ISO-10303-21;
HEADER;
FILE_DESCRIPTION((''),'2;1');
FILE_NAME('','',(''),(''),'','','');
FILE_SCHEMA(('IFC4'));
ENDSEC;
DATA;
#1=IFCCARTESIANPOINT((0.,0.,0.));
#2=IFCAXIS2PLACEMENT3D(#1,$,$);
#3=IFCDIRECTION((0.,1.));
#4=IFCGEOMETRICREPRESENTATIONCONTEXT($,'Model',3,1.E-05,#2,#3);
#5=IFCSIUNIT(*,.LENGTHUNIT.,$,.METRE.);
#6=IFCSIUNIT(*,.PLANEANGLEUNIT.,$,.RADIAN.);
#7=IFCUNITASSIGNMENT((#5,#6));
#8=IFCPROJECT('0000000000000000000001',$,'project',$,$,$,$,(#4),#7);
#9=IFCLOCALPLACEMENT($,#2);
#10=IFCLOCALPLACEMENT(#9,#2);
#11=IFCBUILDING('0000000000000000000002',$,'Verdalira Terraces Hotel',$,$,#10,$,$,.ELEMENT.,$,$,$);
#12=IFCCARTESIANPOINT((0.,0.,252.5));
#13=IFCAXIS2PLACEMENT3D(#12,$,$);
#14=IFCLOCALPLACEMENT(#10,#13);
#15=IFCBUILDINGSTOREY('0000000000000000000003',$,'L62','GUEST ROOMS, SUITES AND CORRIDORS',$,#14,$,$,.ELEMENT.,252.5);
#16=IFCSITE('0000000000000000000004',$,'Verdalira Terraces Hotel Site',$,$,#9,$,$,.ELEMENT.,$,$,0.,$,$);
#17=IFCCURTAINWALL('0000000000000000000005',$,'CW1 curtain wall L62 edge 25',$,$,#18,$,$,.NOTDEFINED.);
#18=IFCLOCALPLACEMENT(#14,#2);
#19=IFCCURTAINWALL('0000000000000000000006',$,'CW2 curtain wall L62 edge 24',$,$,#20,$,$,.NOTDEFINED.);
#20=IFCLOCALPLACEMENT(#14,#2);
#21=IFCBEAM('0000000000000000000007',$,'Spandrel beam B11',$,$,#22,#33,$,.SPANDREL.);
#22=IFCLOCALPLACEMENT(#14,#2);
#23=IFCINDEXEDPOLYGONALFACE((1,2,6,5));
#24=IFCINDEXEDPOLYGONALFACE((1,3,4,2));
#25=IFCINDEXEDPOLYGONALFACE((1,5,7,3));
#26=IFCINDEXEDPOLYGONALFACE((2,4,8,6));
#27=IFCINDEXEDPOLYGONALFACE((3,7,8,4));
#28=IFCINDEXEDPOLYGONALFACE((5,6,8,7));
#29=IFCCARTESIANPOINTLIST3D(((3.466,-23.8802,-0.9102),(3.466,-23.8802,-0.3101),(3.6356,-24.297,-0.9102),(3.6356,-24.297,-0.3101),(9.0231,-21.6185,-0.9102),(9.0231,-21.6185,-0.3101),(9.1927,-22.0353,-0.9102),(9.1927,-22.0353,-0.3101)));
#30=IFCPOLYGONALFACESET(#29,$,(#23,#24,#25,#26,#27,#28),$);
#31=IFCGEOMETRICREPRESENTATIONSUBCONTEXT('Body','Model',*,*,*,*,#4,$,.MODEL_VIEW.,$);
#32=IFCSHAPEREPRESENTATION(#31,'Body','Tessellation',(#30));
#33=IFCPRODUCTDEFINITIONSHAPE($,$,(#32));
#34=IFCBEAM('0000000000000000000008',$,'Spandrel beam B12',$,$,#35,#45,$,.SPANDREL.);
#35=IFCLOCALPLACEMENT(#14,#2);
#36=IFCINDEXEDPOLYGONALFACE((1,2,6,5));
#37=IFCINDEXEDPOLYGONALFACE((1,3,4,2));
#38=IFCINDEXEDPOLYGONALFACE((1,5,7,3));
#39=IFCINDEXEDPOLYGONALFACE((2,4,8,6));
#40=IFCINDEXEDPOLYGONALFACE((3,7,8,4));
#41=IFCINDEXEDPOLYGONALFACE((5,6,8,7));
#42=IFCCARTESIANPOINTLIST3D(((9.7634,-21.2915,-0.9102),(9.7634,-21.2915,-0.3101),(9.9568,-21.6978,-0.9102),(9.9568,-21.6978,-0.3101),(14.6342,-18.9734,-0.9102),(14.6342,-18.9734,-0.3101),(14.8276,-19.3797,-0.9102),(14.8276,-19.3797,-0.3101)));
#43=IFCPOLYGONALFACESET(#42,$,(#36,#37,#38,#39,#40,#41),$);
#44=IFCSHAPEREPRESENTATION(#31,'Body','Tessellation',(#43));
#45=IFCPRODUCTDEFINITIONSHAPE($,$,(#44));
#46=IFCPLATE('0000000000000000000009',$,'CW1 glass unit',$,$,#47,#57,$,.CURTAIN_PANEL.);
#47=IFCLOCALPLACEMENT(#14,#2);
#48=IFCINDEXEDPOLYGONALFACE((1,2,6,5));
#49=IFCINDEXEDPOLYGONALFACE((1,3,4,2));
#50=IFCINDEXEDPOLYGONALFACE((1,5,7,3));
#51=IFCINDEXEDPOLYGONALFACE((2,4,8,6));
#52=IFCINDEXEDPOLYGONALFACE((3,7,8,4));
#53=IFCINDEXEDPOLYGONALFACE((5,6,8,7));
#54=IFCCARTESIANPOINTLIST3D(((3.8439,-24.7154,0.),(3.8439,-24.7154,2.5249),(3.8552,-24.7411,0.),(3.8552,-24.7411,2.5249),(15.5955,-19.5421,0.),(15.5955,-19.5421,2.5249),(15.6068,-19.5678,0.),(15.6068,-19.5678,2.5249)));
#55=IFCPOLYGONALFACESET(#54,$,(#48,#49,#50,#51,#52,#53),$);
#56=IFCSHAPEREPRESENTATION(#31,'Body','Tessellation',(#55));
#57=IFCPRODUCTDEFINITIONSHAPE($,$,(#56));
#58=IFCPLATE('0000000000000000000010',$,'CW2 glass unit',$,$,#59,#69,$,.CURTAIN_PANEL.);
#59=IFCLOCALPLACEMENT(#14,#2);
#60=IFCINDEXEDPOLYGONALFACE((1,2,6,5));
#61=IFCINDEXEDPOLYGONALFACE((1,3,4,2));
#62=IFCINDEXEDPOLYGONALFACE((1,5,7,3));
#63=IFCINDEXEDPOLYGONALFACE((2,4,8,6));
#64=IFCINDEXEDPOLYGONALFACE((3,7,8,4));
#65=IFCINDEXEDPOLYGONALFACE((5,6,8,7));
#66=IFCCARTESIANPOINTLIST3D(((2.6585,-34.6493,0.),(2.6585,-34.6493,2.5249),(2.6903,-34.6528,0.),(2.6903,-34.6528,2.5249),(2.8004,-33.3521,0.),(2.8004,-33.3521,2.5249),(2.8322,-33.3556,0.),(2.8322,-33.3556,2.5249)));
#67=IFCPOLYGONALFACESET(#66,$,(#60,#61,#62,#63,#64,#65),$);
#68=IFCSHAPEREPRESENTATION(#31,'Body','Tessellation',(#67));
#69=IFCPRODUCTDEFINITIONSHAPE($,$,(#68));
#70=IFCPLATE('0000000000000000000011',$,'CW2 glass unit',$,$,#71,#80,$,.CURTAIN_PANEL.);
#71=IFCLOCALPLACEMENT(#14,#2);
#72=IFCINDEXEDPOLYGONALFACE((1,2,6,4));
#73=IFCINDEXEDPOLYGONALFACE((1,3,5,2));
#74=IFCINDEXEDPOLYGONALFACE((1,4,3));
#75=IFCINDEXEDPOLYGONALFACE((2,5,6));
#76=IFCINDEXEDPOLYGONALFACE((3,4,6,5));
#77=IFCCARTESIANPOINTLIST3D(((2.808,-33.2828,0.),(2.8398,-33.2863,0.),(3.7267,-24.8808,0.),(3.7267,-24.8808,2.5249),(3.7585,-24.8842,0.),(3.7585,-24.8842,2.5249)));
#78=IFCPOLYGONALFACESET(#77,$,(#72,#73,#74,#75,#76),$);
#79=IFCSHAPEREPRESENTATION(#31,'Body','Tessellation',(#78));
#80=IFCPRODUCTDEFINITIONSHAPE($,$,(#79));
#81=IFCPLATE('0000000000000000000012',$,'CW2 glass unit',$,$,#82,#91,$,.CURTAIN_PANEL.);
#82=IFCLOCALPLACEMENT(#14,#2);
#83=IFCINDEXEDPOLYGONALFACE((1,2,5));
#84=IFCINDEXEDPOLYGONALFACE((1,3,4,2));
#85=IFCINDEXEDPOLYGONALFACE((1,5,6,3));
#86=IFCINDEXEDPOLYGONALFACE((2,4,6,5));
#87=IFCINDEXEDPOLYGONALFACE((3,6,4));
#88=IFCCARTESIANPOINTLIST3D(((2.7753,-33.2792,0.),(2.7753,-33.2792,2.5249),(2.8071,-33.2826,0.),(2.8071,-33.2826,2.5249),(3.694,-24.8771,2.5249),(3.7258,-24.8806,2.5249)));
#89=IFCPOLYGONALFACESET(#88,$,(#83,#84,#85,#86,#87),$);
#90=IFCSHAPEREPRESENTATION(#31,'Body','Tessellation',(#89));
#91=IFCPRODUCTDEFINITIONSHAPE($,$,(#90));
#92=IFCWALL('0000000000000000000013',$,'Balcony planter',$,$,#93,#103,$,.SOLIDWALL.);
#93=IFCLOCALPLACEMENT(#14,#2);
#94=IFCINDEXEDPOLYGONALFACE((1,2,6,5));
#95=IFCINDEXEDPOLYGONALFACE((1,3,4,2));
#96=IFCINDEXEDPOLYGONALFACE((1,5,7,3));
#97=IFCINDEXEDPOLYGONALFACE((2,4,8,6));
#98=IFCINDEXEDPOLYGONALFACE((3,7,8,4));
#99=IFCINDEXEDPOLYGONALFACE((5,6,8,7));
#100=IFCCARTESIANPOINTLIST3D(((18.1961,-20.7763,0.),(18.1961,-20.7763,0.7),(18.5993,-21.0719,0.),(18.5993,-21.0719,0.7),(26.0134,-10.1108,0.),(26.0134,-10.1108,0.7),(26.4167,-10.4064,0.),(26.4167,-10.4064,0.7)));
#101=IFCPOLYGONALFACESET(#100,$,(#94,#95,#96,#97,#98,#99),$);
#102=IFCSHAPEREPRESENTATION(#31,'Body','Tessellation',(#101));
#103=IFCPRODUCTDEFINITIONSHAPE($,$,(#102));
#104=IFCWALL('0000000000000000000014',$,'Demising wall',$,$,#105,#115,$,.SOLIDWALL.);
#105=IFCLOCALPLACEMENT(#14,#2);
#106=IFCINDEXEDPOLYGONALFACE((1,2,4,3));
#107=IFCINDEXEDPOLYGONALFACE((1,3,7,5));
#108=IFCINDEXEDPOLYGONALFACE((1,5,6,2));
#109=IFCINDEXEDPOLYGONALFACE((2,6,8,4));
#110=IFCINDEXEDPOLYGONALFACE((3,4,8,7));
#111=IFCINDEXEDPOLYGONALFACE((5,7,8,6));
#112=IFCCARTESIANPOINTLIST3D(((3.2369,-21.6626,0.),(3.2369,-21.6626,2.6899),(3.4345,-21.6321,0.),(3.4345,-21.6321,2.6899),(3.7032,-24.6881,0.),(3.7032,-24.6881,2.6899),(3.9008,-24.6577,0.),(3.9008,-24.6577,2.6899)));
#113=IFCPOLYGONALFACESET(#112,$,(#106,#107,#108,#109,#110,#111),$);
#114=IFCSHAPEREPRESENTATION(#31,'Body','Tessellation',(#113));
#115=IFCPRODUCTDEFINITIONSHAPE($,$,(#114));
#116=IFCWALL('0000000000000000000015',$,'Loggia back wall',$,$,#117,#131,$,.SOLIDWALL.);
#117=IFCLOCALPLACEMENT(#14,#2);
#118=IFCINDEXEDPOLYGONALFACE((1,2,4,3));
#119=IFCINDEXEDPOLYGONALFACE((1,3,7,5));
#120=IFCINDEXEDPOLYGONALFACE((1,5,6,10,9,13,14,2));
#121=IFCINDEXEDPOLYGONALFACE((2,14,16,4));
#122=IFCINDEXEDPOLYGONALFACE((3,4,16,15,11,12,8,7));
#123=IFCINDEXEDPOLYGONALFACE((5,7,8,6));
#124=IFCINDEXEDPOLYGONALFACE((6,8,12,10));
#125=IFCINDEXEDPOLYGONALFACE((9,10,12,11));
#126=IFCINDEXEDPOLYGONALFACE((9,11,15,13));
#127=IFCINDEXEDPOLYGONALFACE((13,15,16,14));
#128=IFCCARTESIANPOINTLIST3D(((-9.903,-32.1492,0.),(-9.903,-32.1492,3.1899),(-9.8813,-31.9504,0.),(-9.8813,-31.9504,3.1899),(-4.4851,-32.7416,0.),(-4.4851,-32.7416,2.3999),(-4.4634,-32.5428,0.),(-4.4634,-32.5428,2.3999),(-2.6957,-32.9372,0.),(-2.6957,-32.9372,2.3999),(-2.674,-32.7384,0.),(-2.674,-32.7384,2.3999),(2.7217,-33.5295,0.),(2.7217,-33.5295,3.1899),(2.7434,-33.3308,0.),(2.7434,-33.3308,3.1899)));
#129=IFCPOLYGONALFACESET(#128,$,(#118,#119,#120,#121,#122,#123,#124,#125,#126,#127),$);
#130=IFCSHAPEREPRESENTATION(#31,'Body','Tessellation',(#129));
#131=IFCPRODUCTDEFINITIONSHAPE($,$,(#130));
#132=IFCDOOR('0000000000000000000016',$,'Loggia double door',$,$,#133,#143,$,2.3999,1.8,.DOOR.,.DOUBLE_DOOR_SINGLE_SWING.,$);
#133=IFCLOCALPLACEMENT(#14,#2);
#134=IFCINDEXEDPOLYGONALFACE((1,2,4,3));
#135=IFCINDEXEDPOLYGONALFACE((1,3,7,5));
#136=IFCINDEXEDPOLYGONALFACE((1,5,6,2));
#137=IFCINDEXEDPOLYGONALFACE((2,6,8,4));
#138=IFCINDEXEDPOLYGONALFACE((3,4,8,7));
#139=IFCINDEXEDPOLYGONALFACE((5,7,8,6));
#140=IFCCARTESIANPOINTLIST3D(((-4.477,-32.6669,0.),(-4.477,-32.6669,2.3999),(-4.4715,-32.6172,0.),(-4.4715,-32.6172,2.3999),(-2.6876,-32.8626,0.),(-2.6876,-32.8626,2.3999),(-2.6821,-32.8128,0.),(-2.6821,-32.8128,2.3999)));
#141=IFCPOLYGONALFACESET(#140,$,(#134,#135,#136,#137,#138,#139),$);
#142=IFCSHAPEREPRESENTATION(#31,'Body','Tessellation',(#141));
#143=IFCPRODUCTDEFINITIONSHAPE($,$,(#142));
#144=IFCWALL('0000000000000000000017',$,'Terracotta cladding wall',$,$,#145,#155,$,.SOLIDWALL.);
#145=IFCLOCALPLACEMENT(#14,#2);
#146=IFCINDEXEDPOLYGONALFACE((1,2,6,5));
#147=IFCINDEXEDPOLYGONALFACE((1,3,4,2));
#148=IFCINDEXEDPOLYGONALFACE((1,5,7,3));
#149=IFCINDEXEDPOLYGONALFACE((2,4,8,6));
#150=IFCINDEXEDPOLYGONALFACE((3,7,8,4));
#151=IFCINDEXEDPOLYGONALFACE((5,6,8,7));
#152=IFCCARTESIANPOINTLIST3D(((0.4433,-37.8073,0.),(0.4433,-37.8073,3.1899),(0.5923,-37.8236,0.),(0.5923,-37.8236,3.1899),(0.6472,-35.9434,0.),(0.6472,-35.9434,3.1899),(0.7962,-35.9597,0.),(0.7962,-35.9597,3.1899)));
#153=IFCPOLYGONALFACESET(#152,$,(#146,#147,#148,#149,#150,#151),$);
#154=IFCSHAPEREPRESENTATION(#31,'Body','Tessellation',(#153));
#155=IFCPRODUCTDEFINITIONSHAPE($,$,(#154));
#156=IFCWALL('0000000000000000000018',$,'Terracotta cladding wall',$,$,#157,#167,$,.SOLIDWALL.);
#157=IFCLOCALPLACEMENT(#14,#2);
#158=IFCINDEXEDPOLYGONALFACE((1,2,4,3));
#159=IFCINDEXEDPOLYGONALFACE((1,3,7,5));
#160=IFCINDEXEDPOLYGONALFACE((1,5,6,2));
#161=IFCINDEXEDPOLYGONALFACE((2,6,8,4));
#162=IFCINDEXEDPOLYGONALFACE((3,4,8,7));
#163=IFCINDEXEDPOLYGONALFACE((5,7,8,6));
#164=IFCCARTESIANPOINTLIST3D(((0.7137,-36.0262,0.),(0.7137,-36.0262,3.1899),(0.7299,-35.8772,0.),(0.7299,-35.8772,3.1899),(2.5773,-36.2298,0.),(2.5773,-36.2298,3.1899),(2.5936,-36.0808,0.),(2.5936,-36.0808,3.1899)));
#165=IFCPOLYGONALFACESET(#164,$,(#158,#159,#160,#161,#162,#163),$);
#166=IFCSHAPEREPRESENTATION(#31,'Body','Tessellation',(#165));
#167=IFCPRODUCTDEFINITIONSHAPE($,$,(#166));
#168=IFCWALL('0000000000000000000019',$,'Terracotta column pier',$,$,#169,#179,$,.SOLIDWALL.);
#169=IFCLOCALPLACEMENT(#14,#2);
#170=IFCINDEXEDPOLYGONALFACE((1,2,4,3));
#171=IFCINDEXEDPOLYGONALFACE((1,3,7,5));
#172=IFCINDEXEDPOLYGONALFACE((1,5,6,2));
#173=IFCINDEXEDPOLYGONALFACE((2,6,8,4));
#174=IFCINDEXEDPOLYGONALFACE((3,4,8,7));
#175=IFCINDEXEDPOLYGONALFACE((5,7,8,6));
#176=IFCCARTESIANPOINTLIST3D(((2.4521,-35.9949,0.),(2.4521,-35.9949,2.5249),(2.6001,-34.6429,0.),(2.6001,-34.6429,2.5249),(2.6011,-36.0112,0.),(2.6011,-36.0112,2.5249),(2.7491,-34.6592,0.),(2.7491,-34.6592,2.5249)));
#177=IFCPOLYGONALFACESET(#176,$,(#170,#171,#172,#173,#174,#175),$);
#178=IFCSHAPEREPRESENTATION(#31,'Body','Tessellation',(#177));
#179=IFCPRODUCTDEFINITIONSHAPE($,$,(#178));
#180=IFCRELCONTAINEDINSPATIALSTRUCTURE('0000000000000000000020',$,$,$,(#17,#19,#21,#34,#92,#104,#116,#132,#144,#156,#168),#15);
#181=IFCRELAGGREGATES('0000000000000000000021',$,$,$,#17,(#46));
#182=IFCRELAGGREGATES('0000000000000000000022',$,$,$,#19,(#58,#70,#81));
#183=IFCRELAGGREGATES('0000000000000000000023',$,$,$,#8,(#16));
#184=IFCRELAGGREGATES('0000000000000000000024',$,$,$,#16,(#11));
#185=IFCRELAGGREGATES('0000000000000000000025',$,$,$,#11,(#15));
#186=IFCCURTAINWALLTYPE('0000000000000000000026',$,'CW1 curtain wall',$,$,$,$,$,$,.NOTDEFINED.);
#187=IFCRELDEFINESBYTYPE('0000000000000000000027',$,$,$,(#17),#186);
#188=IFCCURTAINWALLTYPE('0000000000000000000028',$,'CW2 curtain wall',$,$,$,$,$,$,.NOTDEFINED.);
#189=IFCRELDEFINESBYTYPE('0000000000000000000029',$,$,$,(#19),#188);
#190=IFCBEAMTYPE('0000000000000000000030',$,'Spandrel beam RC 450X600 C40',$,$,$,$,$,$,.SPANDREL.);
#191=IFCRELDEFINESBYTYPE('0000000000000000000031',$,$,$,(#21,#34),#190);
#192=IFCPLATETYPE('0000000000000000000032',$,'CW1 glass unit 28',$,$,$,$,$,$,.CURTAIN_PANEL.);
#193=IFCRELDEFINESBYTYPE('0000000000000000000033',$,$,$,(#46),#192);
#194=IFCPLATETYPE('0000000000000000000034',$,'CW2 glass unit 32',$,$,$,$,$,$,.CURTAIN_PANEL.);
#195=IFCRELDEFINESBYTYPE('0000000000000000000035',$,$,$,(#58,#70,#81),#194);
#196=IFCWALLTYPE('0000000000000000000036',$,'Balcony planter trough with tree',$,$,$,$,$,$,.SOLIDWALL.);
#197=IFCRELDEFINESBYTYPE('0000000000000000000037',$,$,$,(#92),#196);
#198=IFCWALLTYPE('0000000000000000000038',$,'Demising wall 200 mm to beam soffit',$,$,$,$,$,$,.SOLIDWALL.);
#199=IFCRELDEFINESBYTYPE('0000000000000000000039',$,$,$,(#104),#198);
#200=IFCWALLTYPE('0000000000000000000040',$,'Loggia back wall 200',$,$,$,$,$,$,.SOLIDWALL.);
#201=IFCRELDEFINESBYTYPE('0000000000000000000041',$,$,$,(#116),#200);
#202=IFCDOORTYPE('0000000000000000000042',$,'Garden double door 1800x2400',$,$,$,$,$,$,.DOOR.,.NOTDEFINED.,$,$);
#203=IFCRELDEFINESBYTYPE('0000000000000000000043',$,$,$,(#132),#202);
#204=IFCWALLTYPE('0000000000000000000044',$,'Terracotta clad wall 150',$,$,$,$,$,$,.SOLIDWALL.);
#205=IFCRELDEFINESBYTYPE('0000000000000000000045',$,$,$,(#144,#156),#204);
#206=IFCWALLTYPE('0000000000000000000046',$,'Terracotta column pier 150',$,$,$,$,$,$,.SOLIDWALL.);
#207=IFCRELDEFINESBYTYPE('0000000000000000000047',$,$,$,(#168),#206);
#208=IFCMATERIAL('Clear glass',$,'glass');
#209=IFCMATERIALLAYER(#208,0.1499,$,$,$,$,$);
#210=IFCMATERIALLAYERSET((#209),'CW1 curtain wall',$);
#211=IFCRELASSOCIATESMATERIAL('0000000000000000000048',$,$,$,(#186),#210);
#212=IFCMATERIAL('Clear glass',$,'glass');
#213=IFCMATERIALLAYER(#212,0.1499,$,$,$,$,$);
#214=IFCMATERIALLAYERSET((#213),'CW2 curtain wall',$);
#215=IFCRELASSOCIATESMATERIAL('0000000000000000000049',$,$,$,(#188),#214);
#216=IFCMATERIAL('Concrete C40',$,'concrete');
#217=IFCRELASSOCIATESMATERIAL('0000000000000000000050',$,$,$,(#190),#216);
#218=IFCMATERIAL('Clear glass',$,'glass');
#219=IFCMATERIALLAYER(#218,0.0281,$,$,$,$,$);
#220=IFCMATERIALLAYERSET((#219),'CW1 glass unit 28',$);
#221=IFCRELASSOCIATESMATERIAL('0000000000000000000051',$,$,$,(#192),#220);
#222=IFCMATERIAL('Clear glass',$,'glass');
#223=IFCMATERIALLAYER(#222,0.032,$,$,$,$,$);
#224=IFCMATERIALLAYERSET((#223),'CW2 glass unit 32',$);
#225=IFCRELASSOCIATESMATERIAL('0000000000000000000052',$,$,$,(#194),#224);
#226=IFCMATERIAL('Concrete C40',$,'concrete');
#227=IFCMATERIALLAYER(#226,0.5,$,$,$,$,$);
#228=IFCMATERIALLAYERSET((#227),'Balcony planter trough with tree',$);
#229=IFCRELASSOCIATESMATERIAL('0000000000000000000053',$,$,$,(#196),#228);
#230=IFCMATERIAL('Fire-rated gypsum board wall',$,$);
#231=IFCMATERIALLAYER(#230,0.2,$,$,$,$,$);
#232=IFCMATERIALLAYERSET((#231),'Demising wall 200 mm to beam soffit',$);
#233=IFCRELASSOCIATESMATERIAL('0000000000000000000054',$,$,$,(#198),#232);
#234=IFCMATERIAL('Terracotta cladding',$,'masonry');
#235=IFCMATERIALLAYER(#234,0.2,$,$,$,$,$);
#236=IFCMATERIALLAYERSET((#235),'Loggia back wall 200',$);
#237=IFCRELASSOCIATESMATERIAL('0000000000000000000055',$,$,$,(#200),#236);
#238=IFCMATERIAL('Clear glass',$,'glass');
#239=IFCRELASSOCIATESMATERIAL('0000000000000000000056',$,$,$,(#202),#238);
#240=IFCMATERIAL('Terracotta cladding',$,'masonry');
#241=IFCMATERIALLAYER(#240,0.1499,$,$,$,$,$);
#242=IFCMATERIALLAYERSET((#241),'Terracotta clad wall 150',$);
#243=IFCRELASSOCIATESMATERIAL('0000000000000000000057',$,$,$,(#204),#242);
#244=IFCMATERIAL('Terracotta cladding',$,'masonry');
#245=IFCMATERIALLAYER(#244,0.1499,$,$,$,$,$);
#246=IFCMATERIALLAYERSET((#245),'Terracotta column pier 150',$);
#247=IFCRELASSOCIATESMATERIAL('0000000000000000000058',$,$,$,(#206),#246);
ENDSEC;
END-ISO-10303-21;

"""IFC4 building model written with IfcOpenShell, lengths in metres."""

from ifc_helpers import new_model, si_unit, direction, frame, frame_2d, origin, origin_2d, place, context, subcontext, project, spatial, polyline, rectangle, outline, extrude, material, layer, layer_set, material_profile, profile_set, type_object, element, fill, aggregate, save


model = new_model("IFC4")

# Units and contexts
model_context = context("Model", 3, precision=1e-05, world=origin(), true_north=direction((0.0, 1.0)))
body_context = subcontext(model_context, "Body", "Model", "MODEL_VIEW")
ifc_project = project(units=[si_unit("LENGTHUNIT", "METRE"), si_unit("PLANEANGLEUNIT", "RADIAN")], contexts=[model_context])

# Site, building, storey
site_placement = place(None, origin())
site = spatial("IfcSite", under=ifc_project, at=site_placement, Name="Verdalira Terraces Hotel Site", CompositionType="ELEMENT", RefElevation=0.0)
building_placement = place(site_placement, origin())
building = spatial("IfcBuilding", under=site, at=building_placement, Name="Verdalira Terraces Hotel", CompositionType="ELEMENT")
storey_placement = place(building_placement, frame((0.0, 0.0, 252.5)))
storey = spatial("IfcBuildingStorey", under=building, at=storey_placement, Name="L62", Description="GUEST ROOMS, SUITES AND CORRIDORS", CompositionType="ELEMENT", Elevation=252.5)

# Curtain walls
ifc_material_1 = material(Name="Clear glass", Category="glass")
ifc_layer_1 = layer(ifc_material_1, 0.1499)
ifc_layer_set_1 = layer_set([ifc_layer_1], Name="CW1 curtain wall")
curtain_wall_type_1 = type_object("IfcCurtainWallType", Name="CW1 curtain wall", PredefinedType="NOTDEFINED", material=ifc_layer_set_1)
curtain_wall_1_placement = place(storey_placement, origin())
curtain_wall_1 = element("IfcCurtainWall", 1, at=curtain_wall_1_placement, inside=storey, type_object=curtain_wall_type_1, Name="CW1 curtain wall L62 edge 25", PredefinedType="NOTDEFINED")
ifc_material_2 = material(Name="Clear glass", Category="glass")
ifc_layer_2 = layer(ifc_material_2, 0.1499)
ifc_layer_set_2 = layer_set([ifc_layer_2], Name="CW2 curtain wall")
curtain_wall_type_2 = type_object("IfcCurtainWallType", Name="CW2 curtain wall", PredefinedType="NOTDEFINED", material=ifc_layer_set_2)
curtain_wall_2_placement = place(storey_placement, origin())
curtain_wall_2 = element("IfcCurtainWall", 2, at=curtain_wall_2_placement, inside=storey, type_object=curtain_wall_type_2, Name="CW2 curtain wall L62 edge 24", PredefinedType="NOTDEFINED")

# Beams
ifc_material_3 = material(Name="Concrete C40", Category="concrete")
ifc_material_profile_1 = material_profile(ifc_material_3, rectangle(XDim=0.45, YDim=0.6001, at=origin_2d()), Name="RC 450X600")
ifc_profile_set_1 = profile_set([ifc_material_profile_1], Name="Concrete C40")
beam_type_1 = type_object("IfcBeamType", Name="Spandrel beam RC 450X600 C40", PredefinedType="SPANDREL", material=ifc_profile_set_1)
beam_1_placement = place(storey_placement, frame((3.5508, -24.0886, -0.6101), z_axis=(0.926226, 0.376969, 0.0), x_axis=(-0.376969, 0.926226, 0.0)))
element("IfcBeam", 3, at=beam_1_placement, inside=storey, type_object=beam_type_1, Name="Spandrel beam B11", PredefinedType="SPANDREL", context=body_context, shape_type="SweptSolid", body=[
    extrude(rectangle(XDim=0.45, YDim=0.6001, at=origin_2d()), origin(), (0.0, 0.0, 1.0), 5.9998),
])
beam_2_placement = place(storey_placement, frame((9.8601, -21.4946, -0.6101), z_axis=(0.902957, 0.429732, 0.0), x_axis=(-0.429732, 0.902957, 0.0)))
element("IfcBeam", 4, at=beam_2_placement, inside=storey, type_object=beam_type_1, Name="Spandrel beam B12", PredefinedType="SPANDREL", context=body_context, shape_type="SweptSolid", body=[
    extrude(rectangle(XDim=0.45, YDim=0.6001, at=origin_2d()), origin(), (0.0, 0.0, 1.0), 5.3943),
])

# Plates
ifc_material_4 = material(Name="Clear glass", Category="glass")
ifc_layer_3 = layer(ifc_material_4, 0.0281)
ifc_layer_set_3 = layer_set([ifc_layer_3], Name="CW1 glass unit 28")
plate_type_1 = type_object("IfcPlateType", Name="CW1 glass unit 28", PredefinedType="CURTAIN_PANEL", material=ifc_layer_set_3)
plate_1_placement = place(storey_placement, frame((9.7253, -22.1416, 0.0), z_axis=(0.0, 0.0, 1.0), x_axis=(0.915241, 0.402906, 0.0)))
plate_1 = element("IfcPlate", 5, at=plate_1_placement, type_object=plate_type_1, Name="CW1 glass unit", PredefinedType="CURTAIN_PANEL", context=body_context, shape_type="SweptSolid", body=[
    extrude(rectangle(XDim=12.8398, YDim=0.0281, at=origin_2d()), origin(), (0.0, 0.0, 1.0), 2.5249),
])
aggregate(curtain_wall_1, [plate_1])
ifc_material_5 = material(Name="Clear glass", Category="glass")
ifc_layer_4 = layer(ifc_material_5, 0.032)
ifc_layer_set_4 = layer_set([ifc_layer_4], Name="CW2 glass unit 32")
plate_type_2 = type_object("IfcPlateType", Name="CW2 glass unit 32", PredefinedType="CURTAIN_PANEL", material=ifc_layer_set_4)
plate_2_placement = place(storey_placement, frame((2.7454, -34.0024, 0.0), z_axis=(0.0, 0.0, 1.0), x_axis=(0.108693, 0.994075, 0.0)))
plate_2 = element("IfcPlate", 6, at=plate_2_placement, type_object=plate_type_2, Name="CW2 glass unit", PredefinedType="CURTAIN_PANEL", context=body_context, shape_type="SweptSolid", body=[
    extrude(rectangle(XDim=1.3049, YDim=0.032, at=origin_2d()), origin(), (0.0, 0.0, 1.0), 2.5249),
])
plate_3_placement = place(storey_placement, frame((3.2673, -29.0818, 1.2625), z_axis=(0.994075, -0.108693, 0.0), x_axis=(0.108693, 0.994075, 0.0)))
plate_3 = element("IfcPlate", 7, at=plate_3_placement, type_object=plate_type_2, Name="CW2 glass unit", PredefinedType="CURTAIN_PANEL", context=body_context, shape_type="SweptSolid", body=[
    extrude(outline(polyline([(-4.2261, -1.2625), (4.2261, -1.2625), (4.2261, 1.2625), (-4.2261, -1.2625)])), origin(), (0.0, 0.0, 1.0), 0.032),
])
plate_4_placement = place(storey_placement, frame((3.2346, -29.0781, 1.2625), z_axis=(0.994075, -0.108693, 0.0), x_axis=(0.108693, 0.994075, 0.0)))
plate_4 = element("IfcPlate", 8, at=plate_4_placement, type_object=plate_type_2, Name="CW2 glass unit", PredefinedType="CURTAIN_PANEL", context=body_context, shape_type="SweptSolid", body=[
    extrude(outline(polyline([(-4.2261, -1.2625), (4.2261, 1.2625), (-4.2261, 1.2625), (-4.2261, -1.2625)])), origin(), (0.0, 0.0, 1.0), 0.032),
])
aggregate(curtain_wall_2, [plate_2, plate_3, plate_4])

# Walls
ifc_material_6 = material(Name="Concrete C40", Category="concrete")
ifc_layer_5 = layer(ifc_material_6, 0.5)
ifc_layer_set_5 = layer_set([ifc_layer_5], Name="Balcony planter trough with tree")
wall_type_1 = type_object("IfcWallType", Name="Balcony planter trough with tree", PredefinedType="SOLIDWALL", material=ifc_layer_set_5)
wall_1_placement = place(storey_placement, frame((18.3977, -20.9241, 0.0), z_axis=(0.0, 0.0, 1.0), x_axis=(0.591167, 0.806549, 0.0)))
element("IfcWall", 9, at=wall_1_placement, inside=storey, type_object=wall_type_1, Name="Balcony planter", PredefinedType="SOLIDWALL", context=body_context, shape_type="SweptSolid", body=[
    extrude(rectangle(XDim=13.2236, YDim=0.5, at=frame_2d((6.6118, 0.0))), origin(), (0.0, 0.0, 1.0), 0.7),
])
ifc_material_7 = material(Name="Fire-rated gypsum board wall")
ifc_layer_6 = layer(ifc_material_7, 0.2)
ifc_layer_set_6 = layer_set([ifc_layer_6], Name="Demising wall 200 mm to beam soffit")
wall_type_2 = type_object("IfcWallType", Name="Demising wall 200 mm to beam soffit", PredefinedType="SOLIDWALL", material=ifc_layer_set_6)
wall_2_placement = place(storey_placement, frame((3.3357, -21.6472, 0.0), z_axis=(0.0, 0.0, 1.0), x_axis=(0.152321, -0.988331, 0.0)))
element("IfcWall", 10, at=wall_2_placement, inside=storey, type_object=wall_type_2, Name="Demising wall", PredefinedType="SOLIDWALL", context=body_context, shape_type="SweptSolid", body=[
    extrude(rectangle(XDim=3.0613, YDim=0.2, at=frame_2d((1.5308, 0.0))), origin(), (0.0, 0.0, 1.0), 2.6899),
])

# Wall, opening, door
ifc_material_8 = material(Name="Terracotta cladding", Category="masonry")
ifc_layer_7 = layer(ifc_material_8, 0.2)
ifc_layer_set_7 = layer_set([ifc_layer_7], Name="Loggia back wall 200")
wall_type_3 = type_object("IfcWallType", Name="Loggia back wall 200", PredefinedType="SOLIDWALL", material=ifc_layer_set_7)
wall_3_placement = place(storey_placement, frame((2.7327, -33.4302, 0.0), z_axis=(0.0, 0.0, 1.0), x_axis=(-0.994076, 0.108691, 0.0)))
wall_3 = element("IfcWall", 11, at=wall_3_placement, inside=storey, type_object=wall_type_3, Name="Loggia back wall", PredefinedType="SOLIDWALL", context=body_context, shape_type="SweptSolid", body=[
    extrude(rectangle(XDim=12.7, YDim=0.2, at=frame_2d((6.3501, 0.0))), origin(), (0.0, 0.0, 1.0), 3.1899),
])
opening_placement = place(wall_3_placement, frame((5.45, 0.0, 0.0)))
opening = element("IfcOpeningElement", 12, at=opening_placement, cuts=wall_3, PredefinedType="OPENING", context=body_context, shape_type="SweptSolid", body=[
    extrude(rectangle(XDim=1.8, YDim=2.3999, at=frame_2d((0.8999, 1.2))), frame((0.0, 0.1099, 0.0), z_axis=(0.0, -1.0, 0.0), x_axis=(1.0, 0.0, 0.0)), (0.0, 0.0, 1.0), 0.22),
])
ifc_material_9 = material(Name="Clear glass", Category="glass")
door_type = type_object("IfcDoorType", Name="Garden double door 1800x2400", OperationType="NOTDEFINED", PredefinedType="DOOR", material=ifc_material_9)
door_placement = place(opening_placement, origin())
door = element("IfcDoor", 13, at=door_placement, inside=storey, type_object=door_type, Name="Loggia double door", OperationType="DOUBLE_DOOR_SINGLE_SWING", OverallHeight=2.3999, OverallWidth=1.8, PredefinedType="DOOR", context=body_context, shape_type="SweptSolid", body=[
    extrude(rectangle(XDim=1.8, YDim=2.3999, at=frame_2d((0.8999, 1.2))), frame((0.0, 0.0249, 0.0), z_axis=(0.0, -1.0, 0.0), x_axis=(1.0, 0.0, 0.0)), (0.0, 0.0, 1.0), 0.05),
])
fill(opening, door)

# Walls
ifc_material_10 = material(Name="Terracotta cladding", Category="masonry")
ifc_layer_8 = layer(ifc_material_10, 0.1499)
ifc_layer_set_8 = layer_set([ifc_layer_8], Name="Terracotta clad wall 150")
wall_type_4 = type_object("IfcWallType", Name="Terracotta clad wall 150", PredefinedType="SOLIDWALL", material=ifc_layer_set_8)
wall_4_placement = place(storey_placement, frame((0.5178, -37.8154, 0.0), z_axis=(0.0, 0.0, 1.0), x_axis=(0.108731, 0.994071, 0.0)))
element("IfcWall", 14, at=wall_4_placement, inside=storey, type_object=wall_type_4, Name="Terracotta cladding wall", PredefinedType="SOLIDWALL", context=body_context, shape_type="SweptSolid", body=[
    extrude(rectangle(XDim=1.875, YDim=0.1499, at=frame_2d((0.9375, 0.0))), origin(), (0.0, 0.0, 1.0), 3.1899),
])
wall_5_placement = place(storey_placement, frame((0.7217, -35.9517, 0.0), z_axis=(0.0, 0.0, 1.0), x_axis=(0.994085, -0.108602, 0.0)))
element("IfcWall", 15, at=wall_5_placement, inside=storey, type_object=wall_type_4, Name="Terracotta cladding wall", PredefinedType="SOLIDWALL", context=body_context, shape_type="SweptSolid", body=[
    extrude(rectangle(XDim=1.8748, YDim=0.1499, at=frame_2d((0.9375, 0.0))), origin(), (0.0, 0.0, 1.0), 3.1899),
])
ifc_material_11 = material(Name="Terracotta cladding", Category="masonry")
ifc_layer_9 = layer(ifc_material_11, 0.1499)
ifc_layer_set_9 = layer_set([ifc_layer_9], Name="Terracotta column pier 150")
wall_type_5 = type_object("IfcWallType", Name="Terracotta column pier 150", PredefinedType="SOLIDWALL", material=ifc_layer_set_9)
wall_6_placement = place(storey_placement, frame((2.5266, -36.0032, 0.0), z_axis=(0.0, 0.0, 1.0), x_axis=(0.108776, 0.994066, 0.0)))
element("IfcWall", 16, at=wall_6_placement, inside=storey, type_object=wall_type_5, Name="Terracotta column pier", PredefinedType="SOLIDWALL", context=body_context, shape_type="SweptSolid", body=[
    extrude(rectangle(XDim=1.3601, YDim=0.1499, at=frame_2d((0.6802, 0.0))), origin(), (0.0, 0.0, 1.0), 2.5249),
])

save(model, "model.ifc")
